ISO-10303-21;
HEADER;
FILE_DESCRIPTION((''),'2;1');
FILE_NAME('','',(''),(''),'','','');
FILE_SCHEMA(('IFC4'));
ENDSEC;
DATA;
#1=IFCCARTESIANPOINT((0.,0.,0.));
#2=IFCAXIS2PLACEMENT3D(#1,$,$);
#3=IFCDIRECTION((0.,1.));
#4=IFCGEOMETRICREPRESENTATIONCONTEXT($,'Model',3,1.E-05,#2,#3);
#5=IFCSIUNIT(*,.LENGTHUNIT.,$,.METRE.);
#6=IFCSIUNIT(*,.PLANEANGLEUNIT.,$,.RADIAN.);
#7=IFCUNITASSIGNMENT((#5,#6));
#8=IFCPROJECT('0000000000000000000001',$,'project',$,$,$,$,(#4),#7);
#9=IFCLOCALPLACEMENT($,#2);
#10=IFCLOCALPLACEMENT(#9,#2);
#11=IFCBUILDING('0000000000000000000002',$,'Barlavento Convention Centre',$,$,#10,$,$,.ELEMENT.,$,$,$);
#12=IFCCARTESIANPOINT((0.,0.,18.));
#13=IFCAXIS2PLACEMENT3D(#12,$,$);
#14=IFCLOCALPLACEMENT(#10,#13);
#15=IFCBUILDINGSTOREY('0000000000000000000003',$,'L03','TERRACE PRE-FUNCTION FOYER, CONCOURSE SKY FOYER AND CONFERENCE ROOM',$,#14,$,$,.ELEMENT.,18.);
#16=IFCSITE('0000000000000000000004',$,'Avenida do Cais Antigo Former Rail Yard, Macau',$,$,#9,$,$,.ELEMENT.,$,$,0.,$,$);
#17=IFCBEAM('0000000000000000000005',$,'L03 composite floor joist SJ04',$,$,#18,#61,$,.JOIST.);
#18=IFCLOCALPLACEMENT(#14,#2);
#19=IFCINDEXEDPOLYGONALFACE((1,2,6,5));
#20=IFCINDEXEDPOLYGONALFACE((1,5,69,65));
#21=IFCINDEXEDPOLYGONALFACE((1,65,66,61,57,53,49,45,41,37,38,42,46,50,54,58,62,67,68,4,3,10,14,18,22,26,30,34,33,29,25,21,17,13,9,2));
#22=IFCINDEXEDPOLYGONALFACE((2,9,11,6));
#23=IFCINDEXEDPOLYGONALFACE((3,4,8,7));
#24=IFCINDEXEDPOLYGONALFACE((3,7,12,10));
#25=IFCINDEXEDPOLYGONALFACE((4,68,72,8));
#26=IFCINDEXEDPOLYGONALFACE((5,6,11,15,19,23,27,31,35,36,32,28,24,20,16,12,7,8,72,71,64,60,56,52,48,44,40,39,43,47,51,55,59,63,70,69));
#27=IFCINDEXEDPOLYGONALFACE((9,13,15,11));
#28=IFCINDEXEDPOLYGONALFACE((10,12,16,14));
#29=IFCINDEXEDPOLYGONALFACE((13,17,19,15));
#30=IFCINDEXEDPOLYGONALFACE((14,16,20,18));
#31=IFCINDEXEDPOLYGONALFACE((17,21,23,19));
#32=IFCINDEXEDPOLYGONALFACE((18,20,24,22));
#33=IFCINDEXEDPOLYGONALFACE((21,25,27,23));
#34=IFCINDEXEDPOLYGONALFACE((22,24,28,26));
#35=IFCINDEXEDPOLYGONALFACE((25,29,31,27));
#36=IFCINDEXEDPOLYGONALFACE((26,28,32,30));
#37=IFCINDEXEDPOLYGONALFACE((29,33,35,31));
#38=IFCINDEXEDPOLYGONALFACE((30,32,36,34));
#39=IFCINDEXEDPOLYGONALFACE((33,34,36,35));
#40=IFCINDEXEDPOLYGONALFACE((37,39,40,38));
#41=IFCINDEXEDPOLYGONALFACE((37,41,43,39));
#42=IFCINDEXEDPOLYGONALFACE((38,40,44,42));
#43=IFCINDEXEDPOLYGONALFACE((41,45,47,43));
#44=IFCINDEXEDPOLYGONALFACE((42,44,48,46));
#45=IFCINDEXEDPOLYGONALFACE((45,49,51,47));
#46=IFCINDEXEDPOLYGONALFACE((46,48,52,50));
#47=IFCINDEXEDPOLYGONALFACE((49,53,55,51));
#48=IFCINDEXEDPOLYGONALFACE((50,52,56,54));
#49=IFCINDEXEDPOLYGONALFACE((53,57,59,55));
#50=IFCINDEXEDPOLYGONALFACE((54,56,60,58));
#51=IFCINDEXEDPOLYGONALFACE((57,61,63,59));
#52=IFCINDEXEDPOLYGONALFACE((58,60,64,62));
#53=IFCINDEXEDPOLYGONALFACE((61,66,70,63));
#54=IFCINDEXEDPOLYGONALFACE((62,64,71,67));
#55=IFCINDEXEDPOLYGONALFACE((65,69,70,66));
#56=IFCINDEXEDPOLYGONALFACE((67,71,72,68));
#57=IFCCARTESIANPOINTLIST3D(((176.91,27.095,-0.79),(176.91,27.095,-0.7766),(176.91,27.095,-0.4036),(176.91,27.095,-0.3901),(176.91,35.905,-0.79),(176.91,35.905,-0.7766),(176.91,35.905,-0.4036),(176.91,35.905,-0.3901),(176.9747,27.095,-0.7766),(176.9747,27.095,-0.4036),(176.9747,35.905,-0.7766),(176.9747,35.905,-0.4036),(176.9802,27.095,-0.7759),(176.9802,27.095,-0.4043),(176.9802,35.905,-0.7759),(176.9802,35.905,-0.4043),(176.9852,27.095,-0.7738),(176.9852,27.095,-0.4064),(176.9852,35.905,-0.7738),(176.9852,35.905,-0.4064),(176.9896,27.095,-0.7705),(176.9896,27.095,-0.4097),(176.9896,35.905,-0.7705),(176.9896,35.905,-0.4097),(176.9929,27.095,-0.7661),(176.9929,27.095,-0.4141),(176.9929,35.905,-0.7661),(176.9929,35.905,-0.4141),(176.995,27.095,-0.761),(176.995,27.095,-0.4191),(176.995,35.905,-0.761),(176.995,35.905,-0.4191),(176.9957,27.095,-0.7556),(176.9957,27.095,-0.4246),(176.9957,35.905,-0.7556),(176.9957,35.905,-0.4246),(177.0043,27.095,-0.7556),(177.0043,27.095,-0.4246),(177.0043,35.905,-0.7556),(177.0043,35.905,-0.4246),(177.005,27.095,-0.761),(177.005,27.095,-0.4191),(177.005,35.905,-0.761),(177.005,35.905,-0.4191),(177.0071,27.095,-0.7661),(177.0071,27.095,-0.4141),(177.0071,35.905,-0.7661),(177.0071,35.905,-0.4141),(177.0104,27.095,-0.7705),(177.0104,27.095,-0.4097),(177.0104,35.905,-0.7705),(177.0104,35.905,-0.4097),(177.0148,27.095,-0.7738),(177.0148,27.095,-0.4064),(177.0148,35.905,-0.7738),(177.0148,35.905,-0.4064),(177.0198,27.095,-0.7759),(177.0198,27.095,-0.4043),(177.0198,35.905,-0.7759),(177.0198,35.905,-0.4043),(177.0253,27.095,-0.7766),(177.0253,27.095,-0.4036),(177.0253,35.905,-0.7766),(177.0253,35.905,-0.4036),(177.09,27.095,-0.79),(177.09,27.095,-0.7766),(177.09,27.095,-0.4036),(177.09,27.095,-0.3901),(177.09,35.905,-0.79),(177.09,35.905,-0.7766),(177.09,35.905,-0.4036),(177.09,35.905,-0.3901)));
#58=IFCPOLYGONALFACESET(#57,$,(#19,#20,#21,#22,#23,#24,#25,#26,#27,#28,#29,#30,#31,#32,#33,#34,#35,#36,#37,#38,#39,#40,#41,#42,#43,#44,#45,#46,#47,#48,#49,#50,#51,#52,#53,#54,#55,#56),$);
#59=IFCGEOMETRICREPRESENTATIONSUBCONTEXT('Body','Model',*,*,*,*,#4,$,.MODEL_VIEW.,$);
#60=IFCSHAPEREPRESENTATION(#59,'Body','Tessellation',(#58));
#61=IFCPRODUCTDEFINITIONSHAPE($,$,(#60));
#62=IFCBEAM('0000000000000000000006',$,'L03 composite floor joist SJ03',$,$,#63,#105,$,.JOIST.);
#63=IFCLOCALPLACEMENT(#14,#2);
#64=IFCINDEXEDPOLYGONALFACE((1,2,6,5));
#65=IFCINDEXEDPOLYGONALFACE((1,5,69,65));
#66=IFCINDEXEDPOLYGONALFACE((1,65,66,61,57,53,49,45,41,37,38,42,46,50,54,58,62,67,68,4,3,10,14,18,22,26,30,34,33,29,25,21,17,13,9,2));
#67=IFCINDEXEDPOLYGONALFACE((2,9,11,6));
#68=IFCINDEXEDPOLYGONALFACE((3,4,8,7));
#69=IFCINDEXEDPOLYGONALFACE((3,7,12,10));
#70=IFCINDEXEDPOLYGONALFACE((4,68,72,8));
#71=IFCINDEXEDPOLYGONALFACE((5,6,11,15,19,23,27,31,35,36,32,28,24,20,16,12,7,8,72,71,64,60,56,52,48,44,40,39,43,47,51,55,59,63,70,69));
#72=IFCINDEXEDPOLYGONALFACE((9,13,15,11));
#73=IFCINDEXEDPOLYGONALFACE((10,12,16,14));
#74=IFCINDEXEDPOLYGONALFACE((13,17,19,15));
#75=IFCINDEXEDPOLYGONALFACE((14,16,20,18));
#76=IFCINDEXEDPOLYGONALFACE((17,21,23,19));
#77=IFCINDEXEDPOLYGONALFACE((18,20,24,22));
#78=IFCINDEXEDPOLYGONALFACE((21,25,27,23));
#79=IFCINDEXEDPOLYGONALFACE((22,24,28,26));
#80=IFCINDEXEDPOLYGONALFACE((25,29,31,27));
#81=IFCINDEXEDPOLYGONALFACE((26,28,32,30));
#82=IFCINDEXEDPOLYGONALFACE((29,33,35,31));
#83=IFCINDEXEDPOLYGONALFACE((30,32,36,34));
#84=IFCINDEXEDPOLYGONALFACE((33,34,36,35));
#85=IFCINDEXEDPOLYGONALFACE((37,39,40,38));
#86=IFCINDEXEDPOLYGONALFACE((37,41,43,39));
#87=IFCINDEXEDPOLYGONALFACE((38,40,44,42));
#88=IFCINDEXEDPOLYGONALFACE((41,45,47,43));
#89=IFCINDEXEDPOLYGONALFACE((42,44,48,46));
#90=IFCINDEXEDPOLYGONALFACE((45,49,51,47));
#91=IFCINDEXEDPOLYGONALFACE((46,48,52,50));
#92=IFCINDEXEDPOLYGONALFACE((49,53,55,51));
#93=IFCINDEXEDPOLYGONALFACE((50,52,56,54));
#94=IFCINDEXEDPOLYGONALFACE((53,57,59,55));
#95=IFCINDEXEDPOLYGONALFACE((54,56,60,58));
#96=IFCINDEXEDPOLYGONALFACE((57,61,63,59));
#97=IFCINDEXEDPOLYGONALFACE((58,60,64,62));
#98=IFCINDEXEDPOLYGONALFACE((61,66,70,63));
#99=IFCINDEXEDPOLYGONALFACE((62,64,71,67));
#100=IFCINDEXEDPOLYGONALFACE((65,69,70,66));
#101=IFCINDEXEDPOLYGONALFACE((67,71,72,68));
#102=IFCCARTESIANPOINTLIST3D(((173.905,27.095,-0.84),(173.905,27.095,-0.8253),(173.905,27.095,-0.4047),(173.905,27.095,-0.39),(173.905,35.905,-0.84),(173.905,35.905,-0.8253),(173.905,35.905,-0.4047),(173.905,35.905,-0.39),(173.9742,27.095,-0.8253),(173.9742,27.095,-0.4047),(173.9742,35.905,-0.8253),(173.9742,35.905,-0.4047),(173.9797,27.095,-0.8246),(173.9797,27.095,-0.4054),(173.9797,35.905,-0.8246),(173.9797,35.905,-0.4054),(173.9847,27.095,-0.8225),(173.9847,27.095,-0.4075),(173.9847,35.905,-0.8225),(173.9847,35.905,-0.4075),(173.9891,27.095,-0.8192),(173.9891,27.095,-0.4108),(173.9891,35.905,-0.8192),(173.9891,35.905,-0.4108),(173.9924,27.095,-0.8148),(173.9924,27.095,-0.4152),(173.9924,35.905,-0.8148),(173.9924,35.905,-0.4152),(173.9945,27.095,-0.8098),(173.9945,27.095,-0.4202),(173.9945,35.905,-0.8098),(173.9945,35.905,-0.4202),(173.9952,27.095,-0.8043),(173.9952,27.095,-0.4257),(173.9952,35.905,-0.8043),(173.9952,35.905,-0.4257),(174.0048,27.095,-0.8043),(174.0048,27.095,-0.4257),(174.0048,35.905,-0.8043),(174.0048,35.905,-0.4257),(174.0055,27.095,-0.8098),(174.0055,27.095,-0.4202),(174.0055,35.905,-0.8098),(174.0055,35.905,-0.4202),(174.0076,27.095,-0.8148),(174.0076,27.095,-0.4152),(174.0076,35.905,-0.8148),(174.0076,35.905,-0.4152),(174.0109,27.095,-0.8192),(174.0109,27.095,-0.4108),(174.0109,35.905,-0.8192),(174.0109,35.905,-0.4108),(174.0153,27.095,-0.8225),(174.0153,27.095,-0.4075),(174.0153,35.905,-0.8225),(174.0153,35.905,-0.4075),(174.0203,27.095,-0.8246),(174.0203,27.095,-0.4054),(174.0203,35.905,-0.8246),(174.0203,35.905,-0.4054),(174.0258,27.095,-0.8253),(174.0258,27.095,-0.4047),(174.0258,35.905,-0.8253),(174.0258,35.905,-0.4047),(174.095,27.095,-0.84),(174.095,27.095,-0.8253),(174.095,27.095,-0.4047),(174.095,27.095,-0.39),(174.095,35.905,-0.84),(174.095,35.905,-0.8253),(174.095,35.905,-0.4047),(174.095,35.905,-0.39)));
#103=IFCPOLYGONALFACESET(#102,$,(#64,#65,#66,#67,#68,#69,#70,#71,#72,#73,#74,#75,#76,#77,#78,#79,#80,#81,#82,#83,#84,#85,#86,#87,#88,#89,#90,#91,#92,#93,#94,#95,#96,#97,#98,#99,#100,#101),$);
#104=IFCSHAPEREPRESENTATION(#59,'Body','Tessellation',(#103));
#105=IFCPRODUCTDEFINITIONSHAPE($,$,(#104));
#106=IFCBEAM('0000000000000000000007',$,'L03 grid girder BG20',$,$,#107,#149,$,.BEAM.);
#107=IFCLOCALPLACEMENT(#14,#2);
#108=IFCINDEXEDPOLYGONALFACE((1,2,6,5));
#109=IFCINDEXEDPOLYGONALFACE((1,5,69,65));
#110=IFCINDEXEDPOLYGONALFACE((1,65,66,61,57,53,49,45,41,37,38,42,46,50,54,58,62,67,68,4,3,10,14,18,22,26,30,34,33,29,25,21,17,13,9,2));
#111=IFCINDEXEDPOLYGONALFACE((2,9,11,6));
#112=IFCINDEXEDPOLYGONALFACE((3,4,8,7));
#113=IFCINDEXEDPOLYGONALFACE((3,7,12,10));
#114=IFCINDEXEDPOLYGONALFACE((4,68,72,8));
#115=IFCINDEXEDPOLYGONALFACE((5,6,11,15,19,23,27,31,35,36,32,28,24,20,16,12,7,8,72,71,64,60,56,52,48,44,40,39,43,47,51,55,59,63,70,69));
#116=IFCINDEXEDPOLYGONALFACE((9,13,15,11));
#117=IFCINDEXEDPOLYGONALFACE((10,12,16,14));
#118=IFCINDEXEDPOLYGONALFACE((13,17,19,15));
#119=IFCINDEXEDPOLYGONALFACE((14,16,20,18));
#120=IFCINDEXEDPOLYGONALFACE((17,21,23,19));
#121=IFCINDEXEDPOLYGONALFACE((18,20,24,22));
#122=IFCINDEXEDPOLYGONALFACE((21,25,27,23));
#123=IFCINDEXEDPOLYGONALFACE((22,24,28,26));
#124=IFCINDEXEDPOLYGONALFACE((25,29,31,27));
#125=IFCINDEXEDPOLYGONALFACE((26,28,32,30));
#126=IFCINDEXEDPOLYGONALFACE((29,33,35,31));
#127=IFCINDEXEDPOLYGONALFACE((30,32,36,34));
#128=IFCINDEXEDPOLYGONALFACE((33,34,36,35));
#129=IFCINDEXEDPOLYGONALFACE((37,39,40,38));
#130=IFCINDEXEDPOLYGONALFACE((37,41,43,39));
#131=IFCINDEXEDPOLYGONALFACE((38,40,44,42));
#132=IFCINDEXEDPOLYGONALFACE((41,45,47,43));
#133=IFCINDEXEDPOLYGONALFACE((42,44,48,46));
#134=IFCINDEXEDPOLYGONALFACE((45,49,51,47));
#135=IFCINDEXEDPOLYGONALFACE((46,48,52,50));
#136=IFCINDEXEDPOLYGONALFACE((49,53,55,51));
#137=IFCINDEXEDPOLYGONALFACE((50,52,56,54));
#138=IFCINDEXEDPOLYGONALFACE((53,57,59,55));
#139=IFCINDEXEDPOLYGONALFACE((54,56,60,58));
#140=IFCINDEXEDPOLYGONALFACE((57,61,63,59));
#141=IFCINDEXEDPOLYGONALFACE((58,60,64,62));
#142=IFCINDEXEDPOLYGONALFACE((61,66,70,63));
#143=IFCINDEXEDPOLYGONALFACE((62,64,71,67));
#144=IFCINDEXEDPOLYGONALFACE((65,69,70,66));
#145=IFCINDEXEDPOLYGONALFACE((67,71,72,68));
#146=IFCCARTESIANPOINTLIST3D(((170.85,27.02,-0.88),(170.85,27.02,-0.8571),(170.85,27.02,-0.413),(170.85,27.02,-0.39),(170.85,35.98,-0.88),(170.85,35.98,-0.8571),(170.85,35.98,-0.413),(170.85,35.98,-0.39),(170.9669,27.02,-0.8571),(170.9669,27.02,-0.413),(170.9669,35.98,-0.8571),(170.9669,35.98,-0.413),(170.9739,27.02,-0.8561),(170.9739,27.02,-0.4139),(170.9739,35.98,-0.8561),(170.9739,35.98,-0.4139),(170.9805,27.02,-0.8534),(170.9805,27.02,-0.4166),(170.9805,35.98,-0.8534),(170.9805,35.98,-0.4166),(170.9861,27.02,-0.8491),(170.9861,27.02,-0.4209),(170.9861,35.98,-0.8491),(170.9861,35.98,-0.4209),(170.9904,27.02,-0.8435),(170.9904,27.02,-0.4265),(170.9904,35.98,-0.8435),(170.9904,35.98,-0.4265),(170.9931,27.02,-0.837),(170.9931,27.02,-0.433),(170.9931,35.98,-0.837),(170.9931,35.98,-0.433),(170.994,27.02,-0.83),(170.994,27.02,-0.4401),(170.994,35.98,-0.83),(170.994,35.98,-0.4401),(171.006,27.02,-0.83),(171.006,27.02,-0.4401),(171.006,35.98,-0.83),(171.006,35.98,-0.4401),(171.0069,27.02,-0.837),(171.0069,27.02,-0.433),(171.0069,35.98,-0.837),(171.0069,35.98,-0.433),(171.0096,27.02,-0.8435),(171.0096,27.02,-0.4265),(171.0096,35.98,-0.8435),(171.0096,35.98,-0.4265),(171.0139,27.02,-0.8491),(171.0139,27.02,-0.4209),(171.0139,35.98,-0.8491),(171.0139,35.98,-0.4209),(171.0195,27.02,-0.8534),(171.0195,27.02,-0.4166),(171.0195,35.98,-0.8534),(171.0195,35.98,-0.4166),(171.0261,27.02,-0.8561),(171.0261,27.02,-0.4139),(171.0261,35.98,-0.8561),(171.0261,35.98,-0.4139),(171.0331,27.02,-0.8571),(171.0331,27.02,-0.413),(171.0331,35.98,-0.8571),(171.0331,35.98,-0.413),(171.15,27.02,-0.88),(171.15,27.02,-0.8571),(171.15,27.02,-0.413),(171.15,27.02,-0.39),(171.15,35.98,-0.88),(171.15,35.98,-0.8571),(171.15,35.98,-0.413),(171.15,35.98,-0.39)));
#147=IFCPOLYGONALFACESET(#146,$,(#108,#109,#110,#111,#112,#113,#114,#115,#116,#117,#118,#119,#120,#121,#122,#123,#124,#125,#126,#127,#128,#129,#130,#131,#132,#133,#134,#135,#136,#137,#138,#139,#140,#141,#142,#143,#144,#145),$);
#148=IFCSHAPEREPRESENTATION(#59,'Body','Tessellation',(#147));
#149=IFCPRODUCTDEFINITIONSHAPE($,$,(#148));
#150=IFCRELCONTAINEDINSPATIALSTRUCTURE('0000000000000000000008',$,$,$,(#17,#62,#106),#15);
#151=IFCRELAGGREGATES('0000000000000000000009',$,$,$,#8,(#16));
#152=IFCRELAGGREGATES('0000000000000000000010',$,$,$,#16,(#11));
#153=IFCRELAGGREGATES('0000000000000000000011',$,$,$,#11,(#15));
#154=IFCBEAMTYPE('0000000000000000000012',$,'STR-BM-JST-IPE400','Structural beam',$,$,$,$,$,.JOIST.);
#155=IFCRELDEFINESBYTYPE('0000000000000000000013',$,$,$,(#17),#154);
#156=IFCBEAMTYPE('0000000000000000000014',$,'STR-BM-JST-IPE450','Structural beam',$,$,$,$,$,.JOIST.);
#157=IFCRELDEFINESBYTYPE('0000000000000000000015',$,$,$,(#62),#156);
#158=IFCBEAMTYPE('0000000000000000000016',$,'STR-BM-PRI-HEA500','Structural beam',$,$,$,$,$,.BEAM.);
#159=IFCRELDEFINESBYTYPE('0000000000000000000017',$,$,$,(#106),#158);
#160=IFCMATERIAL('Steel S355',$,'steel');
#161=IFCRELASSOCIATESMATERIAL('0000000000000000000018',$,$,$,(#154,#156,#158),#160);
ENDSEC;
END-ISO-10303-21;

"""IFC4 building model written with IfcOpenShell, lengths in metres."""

from ifc_helpers import new_model, si_unit, direction, frame, origin, origin_2d, place, context, subcontext, project, spatial, i_section, extrude, material, material_profile, profile_set, type_object, element, save


model = new_model("IFC4")

# Units and contexts
model_context = context("Model", 3, precision=1e-05, world=origin(), true_north=direction((0.0, 1.0)))
body_context = subcontext(model_context, "Body", "Model", "MODEL_VIEW")
ifc_project = project(units=[si_unit("LENGTHUNIT", "METRE"), si_unit("PLANEANGLEUNIT", "RADIAN")], contexts=[model_context])

# Site, building, storey
site_placement = place(None, origin())
site = spatial("IfcSite", under=ifc_project, at=site_placement, Name="Avenida do Cais Antigo Former Rail Yard, Macau", CompositionType="ELEMENT", RefElevation=0.0)
building_placement = place(site_placement, origin())
building = spatial("IfcBuilding", under=site, at=building_placement, Name="Barlavento Convention Centre", CompositionType="ELEMENT")
storey_placement = place(building_placement, frame((0.0, 0.0, 18.0)))
storey = spatial("IfcBuildingStorey", under=building, at=storey_placement, Name="L03", Description="TERRACE PRE-FUNCTION FOYER, CONCOURSE SKY FOYER AND CONFERENCE ROOM", CompositionType="ELEMENT", Elevation=18.0)

# Shared definitions
ifc_material_1 = material(Name="Steel S355", Category="steel")

# Beams
ifc_material_profile_1 = material_profile(ifc_material_1, i_section(OverallWidth=0.1799, OverallDepth=0.3999, WebThickness=0.0085, FlangeThickness=0.0134, FilletRadius=0.021, at=origin_2d()), Name="IPE 400")
ifc_profile_set_1 = profile_set([ifc_material_profile_1], Name="Steel S355")
beam_type_1 = type_object("IfcBeamType", Name="STR-BM-JST-IPE400", Description="Structural beam", PredefinedType="JOIST", material=ifc_profile_set_1)
beam_1_placement = place(storey_placement, frame((177.0, 27.095, -0.5901), z_axis=(0.0, 1.0, 0.0), x_axis=(-1.0, 0.0, 0.0)))
element("IfcBeam", 1, at=beam_1_placement, inside=storey, type_object=beam_type_1, Name="L03 composite floor joist SJ04", PredefinedType="JOIST", context=body_context, shape_type="SweptSolid", body=[
    extrude(i_section(OverallWidth=0.1799, OverallDepth=0.3999, WebThickness=0.0085, FlangeThickness=0.0134, FilletRadius=0.021, at=origin_2d()), origin(), (0.0, 0.0, 1.0), 8.8101),
])
ifc_material_profile_2 = material_profile(ifc_material_1, i_section(OverallWidth=0.1899, OverallDepth=0.45, WebThickness=0.0095, FlangeThickness=0.0146, FilletRadius=0.021, at=origin_2d()), Name="IPE 450")
ifc_profile_set_2 = profile_set([ifc_material_profile_2], Name="Steel S355")
beam_type_2 = type_object("IfcBeamType", Name="STR-BM-JST-IPE450", Description="Structural beam", PredefinedType="JOIST", material=ifc_profile_set_2)
beam_2_placement = place(storey_placement, frame((174.0, 27.095, -0.615), z_axis=(0.0, 1.0, 0.0), x_axis=(-1.0, 0.0, 0.0)))
element("IfcBeam", 2, at=beam_2_placement, inside=storey, type_object=beam_type_2, Name="L03 composite floor joist SJ03", PredefinedType="JOIST", context=body_context, shape_type="SweptSolid", body=[
    extrude(i_section(OverallWidth=0.1899, OverallDepth=0.45, WebThickness=0.0095, FlangeThickness=0.0146, FilletRadius=0.021, at=origin_2d()), origin(), (0.0, 0.0, 1.0), 8.8101),
])
ifc_material_profile_3 = material_profile(ifc_material_1, i_section(OverallWidth=0.3, OverallDepth=0.49, WebThickness=0.012, FlangeThickness=0.0229, FilletRadius=0.0271, at=origin_2d()), Name="HEA 500")
ifc_profile_set_3 = profile_set([ifc_material_profile_3], Name="Steel S355")
beam_type_3 = type_object("IfcBeamType", Name="STR-BM-PRI-HEA500", Description="Structural beam", PredefinedType="BEAM", material=ifc_profile_set_3)
beam_3_placement = place(storey_placement, frame((171.0, 27.02, -0.635), z_axis=(0.0, 1.0, 0.0), x_axis=(-1.0, 0.0, 0.0)))
element("IfcBeam", 3, at=beam_3_placement, inside=storey, type_object=beam_type_3, Name="L03 grid girder BG20", PredefinedType="BEAM", context=body_context, shape_type="SweptSolid", body=[
    extrude(i_section(OverallWidth=0.3, OverallDepth=0.49, WebThickness=0.012, FlangeThickness=0.0229, FilletRadius=0.0271, at=origin_2d()), origin(), (0.0, 0.0, 1.0), 8.96),
])

save(model, "model.ifc")
